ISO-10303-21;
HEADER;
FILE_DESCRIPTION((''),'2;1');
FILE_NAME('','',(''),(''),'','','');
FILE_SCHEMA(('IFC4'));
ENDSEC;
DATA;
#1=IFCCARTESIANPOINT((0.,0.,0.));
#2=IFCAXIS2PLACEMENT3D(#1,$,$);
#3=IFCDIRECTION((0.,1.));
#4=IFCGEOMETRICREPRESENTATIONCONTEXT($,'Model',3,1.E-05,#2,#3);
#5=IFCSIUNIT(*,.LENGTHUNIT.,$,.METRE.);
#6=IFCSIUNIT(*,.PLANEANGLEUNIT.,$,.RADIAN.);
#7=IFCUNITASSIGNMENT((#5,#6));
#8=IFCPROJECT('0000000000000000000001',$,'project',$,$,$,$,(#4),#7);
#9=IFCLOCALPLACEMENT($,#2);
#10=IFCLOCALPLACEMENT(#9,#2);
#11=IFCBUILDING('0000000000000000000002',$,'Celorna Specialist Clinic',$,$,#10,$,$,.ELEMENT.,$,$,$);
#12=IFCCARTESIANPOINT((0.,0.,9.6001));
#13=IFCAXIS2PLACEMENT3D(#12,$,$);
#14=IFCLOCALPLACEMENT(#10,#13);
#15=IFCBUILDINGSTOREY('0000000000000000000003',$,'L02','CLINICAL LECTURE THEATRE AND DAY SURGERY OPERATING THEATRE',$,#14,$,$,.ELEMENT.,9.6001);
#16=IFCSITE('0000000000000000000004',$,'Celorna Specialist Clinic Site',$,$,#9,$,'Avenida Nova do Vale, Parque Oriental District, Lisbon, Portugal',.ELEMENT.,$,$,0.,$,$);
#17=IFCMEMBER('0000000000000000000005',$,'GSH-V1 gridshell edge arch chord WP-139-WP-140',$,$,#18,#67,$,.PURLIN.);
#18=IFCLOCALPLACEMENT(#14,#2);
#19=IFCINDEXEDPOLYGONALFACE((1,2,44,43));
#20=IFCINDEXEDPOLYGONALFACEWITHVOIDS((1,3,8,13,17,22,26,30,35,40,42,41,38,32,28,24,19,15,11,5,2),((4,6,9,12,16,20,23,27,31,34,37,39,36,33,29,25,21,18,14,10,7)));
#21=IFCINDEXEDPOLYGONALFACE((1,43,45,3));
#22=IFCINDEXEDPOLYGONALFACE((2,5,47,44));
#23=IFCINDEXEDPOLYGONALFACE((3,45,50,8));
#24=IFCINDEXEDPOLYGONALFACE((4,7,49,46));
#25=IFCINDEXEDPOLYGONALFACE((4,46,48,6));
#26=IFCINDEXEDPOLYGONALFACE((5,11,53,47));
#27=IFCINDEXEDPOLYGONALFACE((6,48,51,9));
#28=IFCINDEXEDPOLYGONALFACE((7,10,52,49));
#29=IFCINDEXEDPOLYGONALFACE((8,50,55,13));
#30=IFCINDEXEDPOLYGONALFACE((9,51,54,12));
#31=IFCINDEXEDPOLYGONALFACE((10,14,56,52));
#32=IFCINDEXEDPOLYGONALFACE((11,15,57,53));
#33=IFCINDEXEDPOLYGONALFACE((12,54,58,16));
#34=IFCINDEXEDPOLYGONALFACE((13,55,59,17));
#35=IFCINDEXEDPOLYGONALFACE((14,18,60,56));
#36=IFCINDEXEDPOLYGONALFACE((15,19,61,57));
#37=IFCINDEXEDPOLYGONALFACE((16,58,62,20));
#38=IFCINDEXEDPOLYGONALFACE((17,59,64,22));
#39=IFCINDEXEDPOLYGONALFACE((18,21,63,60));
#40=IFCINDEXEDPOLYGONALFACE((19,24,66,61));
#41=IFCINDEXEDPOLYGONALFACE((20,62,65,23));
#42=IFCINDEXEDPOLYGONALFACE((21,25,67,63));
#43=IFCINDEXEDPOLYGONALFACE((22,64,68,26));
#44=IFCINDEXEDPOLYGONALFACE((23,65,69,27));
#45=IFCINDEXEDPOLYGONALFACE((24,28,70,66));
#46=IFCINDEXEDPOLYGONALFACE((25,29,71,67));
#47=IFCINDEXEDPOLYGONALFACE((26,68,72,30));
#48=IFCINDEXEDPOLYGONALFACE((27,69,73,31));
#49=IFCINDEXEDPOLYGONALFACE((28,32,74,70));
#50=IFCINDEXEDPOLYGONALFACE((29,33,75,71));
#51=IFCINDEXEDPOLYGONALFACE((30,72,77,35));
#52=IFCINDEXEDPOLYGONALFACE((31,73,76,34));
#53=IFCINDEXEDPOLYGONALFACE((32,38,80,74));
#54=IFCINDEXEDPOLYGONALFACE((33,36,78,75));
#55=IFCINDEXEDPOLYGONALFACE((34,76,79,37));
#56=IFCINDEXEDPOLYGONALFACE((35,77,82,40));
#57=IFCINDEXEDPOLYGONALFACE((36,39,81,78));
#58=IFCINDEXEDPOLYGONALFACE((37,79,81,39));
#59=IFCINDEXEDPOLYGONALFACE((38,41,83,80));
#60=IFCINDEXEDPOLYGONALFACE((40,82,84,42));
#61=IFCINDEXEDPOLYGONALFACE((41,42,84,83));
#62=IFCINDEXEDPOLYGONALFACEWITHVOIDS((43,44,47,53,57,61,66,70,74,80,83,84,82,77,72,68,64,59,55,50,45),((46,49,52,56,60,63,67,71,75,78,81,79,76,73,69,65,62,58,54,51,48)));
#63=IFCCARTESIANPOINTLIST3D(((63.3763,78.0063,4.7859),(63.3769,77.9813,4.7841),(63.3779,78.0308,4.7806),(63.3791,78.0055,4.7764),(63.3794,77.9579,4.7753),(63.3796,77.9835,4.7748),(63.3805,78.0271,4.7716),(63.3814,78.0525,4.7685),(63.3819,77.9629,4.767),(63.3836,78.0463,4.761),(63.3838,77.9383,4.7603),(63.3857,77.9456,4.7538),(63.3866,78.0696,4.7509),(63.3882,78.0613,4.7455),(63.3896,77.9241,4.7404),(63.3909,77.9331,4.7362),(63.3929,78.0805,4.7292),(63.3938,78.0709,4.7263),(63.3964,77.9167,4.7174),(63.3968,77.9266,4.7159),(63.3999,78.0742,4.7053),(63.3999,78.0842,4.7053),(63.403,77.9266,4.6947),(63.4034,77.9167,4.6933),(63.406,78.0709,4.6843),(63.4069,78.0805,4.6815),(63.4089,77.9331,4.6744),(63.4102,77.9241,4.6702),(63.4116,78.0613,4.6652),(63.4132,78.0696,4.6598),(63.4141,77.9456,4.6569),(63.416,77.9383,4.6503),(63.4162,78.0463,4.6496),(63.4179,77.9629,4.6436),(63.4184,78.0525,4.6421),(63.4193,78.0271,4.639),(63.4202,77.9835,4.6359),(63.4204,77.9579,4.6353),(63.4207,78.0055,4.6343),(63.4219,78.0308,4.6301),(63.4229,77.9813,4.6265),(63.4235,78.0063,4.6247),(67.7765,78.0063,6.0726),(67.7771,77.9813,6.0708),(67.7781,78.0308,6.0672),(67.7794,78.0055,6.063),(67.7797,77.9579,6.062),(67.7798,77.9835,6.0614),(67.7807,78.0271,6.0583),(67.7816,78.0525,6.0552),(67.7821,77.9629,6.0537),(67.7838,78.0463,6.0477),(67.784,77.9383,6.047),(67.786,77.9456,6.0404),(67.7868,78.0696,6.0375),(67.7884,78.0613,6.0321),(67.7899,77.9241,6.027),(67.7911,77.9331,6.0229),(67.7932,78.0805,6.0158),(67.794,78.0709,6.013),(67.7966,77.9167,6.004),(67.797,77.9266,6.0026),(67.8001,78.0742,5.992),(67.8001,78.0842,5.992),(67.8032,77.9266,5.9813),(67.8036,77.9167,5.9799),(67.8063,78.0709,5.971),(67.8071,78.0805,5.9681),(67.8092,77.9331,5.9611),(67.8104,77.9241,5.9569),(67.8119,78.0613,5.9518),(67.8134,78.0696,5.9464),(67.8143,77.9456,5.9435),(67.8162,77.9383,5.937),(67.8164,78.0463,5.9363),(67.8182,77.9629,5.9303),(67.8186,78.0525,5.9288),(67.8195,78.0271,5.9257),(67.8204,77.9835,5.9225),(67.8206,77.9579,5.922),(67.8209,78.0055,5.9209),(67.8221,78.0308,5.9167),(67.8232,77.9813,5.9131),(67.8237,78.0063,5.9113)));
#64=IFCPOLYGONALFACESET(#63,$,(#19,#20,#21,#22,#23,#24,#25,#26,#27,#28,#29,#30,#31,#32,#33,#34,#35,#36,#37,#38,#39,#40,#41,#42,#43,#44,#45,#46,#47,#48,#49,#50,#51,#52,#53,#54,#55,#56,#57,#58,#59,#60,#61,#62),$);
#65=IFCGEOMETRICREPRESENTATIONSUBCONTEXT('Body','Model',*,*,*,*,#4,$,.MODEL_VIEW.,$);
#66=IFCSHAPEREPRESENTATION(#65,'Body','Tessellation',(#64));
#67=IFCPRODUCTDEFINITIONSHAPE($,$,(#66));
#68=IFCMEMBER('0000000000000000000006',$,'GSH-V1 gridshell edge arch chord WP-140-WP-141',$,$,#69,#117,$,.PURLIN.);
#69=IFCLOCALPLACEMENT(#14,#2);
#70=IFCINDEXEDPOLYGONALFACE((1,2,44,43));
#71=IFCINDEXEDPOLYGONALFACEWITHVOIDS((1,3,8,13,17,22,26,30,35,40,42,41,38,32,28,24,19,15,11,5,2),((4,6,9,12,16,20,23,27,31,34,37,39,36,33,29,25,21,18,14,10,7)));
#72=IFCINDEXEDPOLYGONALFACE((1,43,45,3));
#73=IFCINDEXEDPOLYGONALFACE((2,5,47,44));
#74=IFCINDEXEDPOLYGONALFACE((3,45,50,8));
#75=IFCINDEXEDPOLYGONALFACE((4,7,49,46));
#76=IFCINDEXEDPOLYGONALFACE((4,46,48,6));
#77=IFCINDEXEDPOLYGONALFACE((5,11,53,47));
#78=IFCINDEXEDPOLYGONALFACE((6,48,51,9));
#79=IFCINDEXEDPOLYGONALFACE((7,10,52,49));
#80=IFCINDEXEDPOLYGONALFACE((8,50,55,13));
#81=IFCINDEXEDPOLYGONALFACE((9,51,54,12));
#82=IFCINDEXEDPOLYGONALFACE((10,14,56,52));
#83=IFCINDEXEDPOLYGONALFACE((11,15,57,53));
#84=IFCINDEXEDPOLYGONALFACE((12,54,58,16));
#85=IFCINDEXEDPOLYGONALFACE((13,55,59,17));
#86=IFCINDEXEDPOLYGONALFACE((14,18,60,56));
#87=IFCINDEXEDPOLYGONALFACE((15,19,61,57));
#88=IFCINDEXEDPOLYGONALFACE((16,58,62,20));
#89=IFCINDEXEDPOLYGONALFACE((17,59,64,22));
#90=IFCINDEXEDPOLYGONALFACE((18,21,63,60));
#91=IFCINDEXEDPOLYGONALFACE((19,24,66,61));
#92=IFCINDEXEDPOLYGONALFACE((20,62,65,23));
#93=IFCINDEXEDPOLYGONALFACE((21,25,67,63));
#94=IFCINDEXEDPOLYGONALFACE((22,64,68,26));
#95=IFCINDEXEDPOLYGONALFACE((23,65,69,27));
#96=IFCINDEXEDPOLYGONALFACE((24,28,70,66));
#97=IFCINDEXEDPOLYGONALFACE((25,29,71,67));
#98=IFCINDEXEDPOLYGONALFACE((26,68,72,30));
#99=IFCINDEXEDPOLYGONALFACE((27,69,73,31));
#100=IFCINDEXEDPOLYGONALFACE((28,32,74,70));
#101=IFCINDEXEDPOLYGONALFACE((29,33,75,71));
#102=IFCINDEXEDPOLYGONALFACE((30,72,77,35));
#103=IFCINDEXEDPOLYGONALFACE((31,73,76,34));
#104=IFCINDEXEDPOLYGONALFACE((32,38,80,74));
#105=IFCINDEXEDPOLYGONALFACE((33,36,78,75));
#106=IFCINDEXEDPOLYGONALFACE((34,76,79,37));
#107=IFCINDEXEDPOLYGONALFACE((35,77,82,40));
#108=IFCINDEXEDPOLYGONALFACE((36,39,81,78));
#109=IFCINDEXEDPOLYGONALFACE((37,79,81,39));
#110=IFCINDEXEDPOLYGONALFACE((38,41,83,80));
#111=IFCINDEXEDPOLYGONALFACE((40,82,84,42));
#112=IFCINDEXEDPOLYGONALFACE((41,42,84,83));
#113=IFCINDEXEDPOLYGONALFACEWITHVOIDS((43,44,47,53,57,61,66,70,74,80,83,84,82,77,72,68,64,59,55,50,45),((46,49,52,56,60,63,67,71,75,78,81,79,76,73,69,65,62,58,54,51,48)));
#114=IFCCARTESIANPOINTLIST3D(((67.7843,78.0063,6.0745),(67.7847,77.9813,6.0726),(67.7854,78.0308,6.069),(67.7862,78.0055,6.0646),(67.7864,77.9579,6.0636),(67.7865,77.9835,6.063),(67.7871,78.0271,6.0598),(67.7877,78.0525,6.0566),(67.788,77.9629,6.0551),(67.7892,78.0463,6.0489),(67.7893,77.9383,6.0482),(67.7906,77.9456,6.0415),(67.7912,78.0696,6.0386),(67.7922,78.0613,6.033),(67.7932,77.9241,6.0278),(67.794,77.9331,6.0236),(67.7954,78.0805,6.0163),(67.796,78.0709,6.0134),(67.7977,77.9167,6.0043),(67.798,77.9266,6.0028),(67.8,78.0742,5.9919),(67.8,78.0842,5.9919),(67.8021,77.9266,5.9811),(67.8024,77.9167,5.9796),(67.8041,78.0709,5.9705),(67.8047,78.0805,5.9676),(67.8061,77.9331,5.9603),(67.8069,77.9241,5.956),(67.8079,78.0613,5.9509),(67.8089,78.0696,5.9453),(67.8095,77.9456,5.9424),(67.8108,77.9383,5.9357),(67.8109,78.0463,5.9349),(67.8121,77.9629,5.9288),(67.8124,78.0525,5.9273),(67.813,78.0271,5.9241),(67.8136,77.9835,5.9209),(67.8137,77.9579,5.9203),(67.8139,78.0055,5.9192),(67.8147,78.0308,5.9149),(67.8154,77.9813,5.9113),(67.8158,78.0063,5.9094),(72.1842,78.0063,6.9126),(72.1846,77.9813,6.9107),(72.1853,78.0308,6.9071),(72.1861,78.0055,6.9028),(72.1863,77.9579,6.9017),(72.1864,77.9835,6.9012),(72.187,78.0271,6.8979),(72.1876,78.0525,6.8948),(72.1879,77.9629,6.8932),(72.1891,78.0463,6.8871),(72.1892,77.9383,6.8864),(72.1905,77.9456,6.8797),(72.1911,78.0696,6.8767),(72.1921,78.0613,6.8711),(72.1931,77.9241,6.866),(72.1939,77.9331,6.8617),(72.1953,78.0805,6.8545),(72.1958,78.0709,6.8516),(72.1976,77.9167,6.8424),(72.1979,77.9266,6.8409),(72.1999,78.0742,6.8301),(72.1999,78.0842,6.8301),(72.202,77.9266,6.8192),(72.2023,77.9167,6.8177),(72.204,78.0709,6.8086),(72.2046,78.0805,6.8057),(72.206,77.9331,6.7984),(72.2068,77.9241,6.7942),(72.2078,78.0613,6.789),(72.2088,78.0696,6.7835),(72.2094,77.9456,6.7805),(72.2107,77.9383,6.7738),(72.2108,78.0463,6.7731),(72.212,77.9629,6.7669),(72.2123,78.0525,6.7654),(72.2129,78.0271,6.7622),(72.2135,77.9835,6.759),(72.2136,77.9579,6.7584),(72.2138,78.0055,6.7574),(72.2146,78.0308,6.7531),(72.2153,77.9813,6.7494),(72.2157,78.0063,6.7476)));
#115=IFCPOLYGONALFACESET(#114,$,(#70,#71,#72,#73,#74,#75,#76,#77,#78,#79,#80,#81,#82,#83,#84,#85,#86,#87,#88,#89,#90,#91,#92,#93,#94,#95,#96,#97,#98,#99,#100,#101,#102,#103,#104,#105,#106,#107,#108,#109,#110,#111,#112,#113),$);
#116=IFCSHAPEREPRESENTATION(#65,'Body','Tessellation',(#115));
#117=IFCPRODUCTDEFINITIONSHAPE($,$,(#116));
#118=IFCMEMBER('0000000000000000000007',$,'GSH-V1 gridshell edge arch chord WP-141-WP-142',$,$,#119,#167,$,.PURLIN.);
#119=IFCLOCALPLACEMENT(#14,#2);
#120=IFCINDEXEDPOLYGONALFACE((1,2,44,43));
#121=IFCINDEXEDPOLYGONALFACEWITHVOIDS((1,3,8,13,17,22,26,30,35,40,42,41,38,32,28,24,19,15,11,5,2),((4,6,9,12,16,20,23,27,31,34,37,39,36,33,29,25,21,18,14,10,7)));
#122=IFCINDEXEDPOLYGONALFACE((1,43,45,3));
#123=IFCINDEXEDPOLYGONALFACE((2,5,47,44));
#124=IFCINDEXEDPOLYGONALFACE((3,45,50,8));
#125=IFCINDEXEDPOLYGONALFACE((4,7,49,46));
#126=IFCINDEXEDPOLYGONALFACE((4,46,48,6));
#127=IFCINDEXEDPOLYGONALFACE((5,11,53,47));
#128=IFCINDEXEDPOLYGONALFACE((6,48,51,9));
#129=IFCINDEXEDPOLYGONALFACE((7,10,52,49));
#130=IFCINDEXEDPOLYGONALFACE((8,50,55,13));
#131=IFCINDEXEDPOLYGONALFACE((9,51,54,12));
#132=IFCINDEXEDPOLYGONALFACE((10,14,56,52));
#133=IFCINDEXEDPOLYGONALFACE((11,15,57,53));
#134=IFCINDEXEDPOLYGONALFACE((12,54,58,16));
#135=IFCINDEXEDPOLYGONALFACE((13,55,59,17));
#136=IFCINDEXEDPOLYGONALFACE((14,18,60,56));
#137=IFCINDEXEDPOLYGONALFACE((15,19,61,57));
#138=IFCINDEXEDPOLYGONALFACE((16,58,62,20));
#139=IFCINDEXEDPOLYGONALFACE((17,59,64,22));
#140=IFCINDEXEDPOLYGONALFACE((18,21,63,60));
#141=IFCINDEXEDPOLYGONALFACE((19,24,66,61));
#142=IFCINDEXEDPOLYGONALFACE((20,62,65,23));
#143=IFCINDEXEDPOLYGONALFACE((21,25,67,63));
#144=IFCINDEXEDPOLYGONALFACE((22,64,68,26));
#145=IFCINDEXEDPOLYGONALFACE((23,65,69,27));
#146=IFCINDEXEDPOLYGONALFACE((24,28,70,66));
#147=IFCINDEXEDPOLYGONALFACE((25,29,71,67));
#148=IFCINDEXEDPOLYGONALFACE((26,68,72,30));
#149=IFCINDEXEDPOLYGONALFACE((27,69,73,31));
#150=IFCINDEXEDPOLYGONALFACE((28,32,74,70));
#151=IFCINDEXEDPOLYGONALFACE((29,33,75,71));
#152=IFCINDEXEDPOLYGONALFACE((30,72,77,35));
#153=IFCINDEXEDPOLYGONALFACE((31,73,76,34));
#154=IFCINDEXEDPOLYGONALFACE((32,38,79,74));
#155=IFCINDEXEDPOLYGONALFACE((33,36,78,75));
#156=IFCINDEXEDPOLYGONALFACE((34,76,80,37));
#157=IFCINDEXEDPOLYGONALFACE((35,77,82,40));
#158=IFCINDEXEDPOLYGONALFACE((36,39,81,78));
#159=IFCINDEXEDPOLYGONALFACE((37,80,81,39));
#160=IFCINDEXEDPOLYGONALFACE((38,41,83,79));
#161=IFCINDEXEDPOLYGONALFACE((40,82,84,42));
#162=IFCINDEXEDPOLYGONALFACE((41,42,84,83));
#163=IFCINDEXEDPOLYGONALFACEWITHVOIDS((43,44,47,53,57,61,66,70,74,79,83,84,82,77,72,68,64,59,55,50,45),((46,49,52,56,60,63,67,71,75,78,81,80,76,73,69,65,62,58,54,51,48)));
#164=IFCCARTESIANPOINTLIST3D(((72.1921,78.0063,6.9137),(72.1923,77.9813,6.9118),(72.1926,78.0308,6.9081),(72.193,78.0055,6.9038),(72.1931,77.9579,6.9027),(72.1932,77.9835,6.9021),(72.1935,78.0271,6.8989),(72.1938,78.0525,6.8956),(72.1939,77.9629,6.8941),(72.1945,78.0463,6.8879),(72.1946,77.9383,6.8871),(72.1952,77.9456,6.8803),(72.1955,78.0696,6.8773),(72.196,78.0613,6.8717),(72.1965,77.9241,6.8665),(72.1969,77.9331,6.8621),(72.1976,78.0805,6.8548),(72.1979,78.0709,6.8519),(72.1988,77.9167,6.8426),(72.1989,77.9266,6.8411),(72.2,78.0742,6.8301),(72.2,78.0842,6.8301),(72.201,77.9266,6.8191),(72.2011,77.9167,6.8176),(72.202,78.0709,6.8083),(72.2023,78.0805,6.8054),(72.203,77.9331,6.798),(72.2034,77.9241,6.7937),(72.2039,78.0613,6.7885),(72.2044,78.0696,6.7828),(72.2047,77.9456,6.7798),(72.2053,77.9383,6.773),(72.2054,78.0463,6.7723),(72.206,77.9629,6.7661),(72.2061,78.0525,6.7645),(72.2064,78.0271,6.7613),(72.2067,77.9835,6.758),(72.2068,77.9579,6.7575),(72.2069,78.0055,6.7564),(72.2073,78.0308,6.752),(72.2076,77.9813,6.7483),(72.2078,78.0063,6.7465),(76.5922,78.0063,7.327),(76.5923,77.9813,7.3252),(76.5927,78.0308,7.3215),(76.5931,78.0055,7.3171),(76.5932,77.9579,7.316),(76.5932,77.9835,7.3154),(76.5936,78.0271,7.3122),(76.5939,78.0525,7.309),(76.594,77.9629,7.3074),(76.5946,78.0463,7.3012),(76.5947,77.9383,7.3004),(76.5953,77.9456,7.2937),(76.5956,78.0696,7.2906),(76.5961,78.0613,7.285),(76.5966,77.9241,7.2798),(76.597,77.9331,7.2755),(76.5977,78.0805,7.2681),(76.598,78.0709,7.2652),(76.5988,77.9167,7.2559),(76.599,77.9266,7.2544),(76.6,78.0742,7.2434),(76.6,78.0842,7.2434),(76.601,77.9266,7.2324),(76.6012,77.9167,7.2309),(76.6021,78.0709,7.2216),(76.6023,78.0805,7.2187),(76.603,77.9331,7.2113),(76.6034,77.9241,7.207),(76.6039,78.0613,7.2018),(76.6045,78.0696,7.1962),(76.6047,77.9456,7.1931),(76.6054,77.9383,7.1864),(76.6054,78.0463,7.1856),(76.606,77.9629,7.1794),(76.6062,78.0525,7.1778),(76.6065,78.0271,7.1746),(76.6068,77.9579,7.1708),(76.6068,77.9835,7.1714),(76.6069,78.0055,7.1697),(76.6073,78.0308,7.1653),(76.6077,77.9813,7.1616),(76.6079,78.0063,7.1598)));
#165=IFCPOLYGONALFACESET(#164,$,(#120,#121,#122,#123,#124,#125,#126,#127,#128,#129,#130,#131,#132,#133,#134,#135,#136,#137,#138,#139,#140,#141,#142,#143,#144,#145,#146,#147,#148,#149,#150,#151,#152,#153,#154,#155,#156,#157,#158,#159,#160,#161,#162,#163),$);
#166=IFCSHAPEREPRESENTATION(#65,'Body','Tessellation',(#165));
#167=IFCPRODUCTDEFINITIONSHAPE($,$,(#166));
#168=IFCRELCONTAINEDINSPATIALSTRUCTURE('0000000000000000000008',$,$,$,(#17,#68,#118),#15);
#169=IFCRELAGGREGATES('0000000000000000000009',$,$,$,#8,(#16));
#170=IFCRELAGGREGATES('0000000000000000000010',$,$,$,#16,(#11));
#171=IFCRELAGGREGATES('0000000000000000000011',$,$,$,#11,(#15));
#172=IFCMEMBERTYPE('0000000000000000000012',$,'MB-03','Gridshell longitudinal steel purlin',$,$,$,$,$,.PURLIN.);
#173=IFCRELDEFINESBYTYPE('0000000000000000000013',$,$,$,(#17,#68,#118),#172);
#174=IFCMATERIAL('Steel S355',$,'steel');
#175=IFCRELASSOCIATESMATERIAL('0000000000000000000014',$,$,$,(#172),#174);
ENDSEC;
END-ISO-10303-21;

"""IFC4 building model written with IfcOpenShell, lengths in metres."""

from ifc_helpers import new_model, si_unit, direction, frame, origin, origin_2d, place, context, subcontext, project, spatial, hollow_circle, extrude, material, material_profile, profile_set, type_object, element, save


model = new_model("IFC4")

# Units and contexts
model_context = context("Model", 3, precision=1e-05, world=origin(), true_north=direction((0.0, 1.0)))
body_context = subcontext(model_context, "Body", "Model", "MODEL_VIEW")
ifc_project = project(units=[si_unit("LENGTHUNIT", "METRE"), si_unit("PLANEANGLEUNIT", "RADIAN")], contexts=[model_context])

# Site, building, storey
site_placement = place(None, origin())
site = spatial("IfcSite", under=ifc_project, at=site_placement, Name="Celorna Specialist Clinic Site", LongName="Avenida Nova do Vale, Parque Oriental District, Lisbon, Portugal", CompositionType="ELEMENT", RefElevation=0.0)
building_placement = place(site_placement, origin())
building = spatial("IfcBuilding", under=site, at=building_placement, Name="Celorna Specialist Clinic", CompositionType="ELEMENT")
storey_placement = place(building_placement, frame((0.0, 0.0, 9.6001)))
storey = spatial("IfcBuildingStorey", under=building, at=storey_placement, Name="L02", Description="CLINICAL LECTURE THEATRE AND DAY SURGERY OPERATING THEATRE", CompositionType="ELEMENT", Elevation=9.6001)

# Shared definitions
ifc_material_1 = material(Name="Steel S355", Category="steel")

# Members
ifc_material_profile_1 = material_profile(ifc_material_1, hollow_circle(Radius=0.0842, WallThickness=0.01, at=origin_2d()), Name="CHS 168.3x10")
ifc_profile_set_1 = profile_set([ifc_material_profile_1], Name="Steel S355")
member_type_1 = type_object("IfcMemberType", Name="MB-03", Description="Gridshell longitudinal steel purlin", PredefinedType="PURLIN", material=ifc_profile_set_1)
member_1_placement = place(storey_placement, frame((63.3999, 78.0, 4.7053), z_axis=(0.95981, 0.0, 0.280652), x_axis=(0.0, 1.0, 0.0)))
element("IfcMember", 1, at=member_1_placement, inside=storey, type_object=member_type_1, Name="GSH-V1 gridshell edge arch chord WP-139-WP-140", PredefinedType="PURLIN", context=body_context, shape_type="SweptSolid", body=[
    extrude(hollow_circle(Radius=0.0842, WallThickness=0.01, at=origin_2d()), origin(), (0.0, 0.0, 1.0), 4.5845),
])
member_2_placement = place(storey_placement, frame((67.8, 78.0, 5.9919), z_axis=(0.982336, 0.0, 0.187125), x_axis=(0.0, 1.0, 0.0)))
element("IfcMember", 2, at=member_2_placement, inside=storey, type_object=member_type_1, Name="GSH-V1 gridshell edge arch chord WP-140-WP-141", PredefinedType="PURLIN", context=body_context, shape_type="SweptSolid", body=[
    extrude(hollow_circle(Radius=0.0842, WallThickness=0.01, at=origin_2d()), origin(), (0.0, 0.0, 1.0), 4.479),
])
member_3_placement = place(storey_placement, frame((72.2, 78.0, 6.8301), z_axis=(0.995617, 0.0, 0.093524), x_axis=(0.0, 1.0, 0.0)))
element("IfcMember", 3, at=member_3_placement, inside=storey, type_object=member_type_1, Name="GSH-V1 gridshell edge arch chord WP-141-WP-142", PredefinedType="PURLIN", context=body_context, shape_type="SweptSolid", body=[
    extrude(hollow_circle(Radius=0.0842, WallThickness=0.01, at=origin_2d()), origin(), (0.0, 0.0, 1.0), 4.4194),
])

save(model, "model.ifc")
